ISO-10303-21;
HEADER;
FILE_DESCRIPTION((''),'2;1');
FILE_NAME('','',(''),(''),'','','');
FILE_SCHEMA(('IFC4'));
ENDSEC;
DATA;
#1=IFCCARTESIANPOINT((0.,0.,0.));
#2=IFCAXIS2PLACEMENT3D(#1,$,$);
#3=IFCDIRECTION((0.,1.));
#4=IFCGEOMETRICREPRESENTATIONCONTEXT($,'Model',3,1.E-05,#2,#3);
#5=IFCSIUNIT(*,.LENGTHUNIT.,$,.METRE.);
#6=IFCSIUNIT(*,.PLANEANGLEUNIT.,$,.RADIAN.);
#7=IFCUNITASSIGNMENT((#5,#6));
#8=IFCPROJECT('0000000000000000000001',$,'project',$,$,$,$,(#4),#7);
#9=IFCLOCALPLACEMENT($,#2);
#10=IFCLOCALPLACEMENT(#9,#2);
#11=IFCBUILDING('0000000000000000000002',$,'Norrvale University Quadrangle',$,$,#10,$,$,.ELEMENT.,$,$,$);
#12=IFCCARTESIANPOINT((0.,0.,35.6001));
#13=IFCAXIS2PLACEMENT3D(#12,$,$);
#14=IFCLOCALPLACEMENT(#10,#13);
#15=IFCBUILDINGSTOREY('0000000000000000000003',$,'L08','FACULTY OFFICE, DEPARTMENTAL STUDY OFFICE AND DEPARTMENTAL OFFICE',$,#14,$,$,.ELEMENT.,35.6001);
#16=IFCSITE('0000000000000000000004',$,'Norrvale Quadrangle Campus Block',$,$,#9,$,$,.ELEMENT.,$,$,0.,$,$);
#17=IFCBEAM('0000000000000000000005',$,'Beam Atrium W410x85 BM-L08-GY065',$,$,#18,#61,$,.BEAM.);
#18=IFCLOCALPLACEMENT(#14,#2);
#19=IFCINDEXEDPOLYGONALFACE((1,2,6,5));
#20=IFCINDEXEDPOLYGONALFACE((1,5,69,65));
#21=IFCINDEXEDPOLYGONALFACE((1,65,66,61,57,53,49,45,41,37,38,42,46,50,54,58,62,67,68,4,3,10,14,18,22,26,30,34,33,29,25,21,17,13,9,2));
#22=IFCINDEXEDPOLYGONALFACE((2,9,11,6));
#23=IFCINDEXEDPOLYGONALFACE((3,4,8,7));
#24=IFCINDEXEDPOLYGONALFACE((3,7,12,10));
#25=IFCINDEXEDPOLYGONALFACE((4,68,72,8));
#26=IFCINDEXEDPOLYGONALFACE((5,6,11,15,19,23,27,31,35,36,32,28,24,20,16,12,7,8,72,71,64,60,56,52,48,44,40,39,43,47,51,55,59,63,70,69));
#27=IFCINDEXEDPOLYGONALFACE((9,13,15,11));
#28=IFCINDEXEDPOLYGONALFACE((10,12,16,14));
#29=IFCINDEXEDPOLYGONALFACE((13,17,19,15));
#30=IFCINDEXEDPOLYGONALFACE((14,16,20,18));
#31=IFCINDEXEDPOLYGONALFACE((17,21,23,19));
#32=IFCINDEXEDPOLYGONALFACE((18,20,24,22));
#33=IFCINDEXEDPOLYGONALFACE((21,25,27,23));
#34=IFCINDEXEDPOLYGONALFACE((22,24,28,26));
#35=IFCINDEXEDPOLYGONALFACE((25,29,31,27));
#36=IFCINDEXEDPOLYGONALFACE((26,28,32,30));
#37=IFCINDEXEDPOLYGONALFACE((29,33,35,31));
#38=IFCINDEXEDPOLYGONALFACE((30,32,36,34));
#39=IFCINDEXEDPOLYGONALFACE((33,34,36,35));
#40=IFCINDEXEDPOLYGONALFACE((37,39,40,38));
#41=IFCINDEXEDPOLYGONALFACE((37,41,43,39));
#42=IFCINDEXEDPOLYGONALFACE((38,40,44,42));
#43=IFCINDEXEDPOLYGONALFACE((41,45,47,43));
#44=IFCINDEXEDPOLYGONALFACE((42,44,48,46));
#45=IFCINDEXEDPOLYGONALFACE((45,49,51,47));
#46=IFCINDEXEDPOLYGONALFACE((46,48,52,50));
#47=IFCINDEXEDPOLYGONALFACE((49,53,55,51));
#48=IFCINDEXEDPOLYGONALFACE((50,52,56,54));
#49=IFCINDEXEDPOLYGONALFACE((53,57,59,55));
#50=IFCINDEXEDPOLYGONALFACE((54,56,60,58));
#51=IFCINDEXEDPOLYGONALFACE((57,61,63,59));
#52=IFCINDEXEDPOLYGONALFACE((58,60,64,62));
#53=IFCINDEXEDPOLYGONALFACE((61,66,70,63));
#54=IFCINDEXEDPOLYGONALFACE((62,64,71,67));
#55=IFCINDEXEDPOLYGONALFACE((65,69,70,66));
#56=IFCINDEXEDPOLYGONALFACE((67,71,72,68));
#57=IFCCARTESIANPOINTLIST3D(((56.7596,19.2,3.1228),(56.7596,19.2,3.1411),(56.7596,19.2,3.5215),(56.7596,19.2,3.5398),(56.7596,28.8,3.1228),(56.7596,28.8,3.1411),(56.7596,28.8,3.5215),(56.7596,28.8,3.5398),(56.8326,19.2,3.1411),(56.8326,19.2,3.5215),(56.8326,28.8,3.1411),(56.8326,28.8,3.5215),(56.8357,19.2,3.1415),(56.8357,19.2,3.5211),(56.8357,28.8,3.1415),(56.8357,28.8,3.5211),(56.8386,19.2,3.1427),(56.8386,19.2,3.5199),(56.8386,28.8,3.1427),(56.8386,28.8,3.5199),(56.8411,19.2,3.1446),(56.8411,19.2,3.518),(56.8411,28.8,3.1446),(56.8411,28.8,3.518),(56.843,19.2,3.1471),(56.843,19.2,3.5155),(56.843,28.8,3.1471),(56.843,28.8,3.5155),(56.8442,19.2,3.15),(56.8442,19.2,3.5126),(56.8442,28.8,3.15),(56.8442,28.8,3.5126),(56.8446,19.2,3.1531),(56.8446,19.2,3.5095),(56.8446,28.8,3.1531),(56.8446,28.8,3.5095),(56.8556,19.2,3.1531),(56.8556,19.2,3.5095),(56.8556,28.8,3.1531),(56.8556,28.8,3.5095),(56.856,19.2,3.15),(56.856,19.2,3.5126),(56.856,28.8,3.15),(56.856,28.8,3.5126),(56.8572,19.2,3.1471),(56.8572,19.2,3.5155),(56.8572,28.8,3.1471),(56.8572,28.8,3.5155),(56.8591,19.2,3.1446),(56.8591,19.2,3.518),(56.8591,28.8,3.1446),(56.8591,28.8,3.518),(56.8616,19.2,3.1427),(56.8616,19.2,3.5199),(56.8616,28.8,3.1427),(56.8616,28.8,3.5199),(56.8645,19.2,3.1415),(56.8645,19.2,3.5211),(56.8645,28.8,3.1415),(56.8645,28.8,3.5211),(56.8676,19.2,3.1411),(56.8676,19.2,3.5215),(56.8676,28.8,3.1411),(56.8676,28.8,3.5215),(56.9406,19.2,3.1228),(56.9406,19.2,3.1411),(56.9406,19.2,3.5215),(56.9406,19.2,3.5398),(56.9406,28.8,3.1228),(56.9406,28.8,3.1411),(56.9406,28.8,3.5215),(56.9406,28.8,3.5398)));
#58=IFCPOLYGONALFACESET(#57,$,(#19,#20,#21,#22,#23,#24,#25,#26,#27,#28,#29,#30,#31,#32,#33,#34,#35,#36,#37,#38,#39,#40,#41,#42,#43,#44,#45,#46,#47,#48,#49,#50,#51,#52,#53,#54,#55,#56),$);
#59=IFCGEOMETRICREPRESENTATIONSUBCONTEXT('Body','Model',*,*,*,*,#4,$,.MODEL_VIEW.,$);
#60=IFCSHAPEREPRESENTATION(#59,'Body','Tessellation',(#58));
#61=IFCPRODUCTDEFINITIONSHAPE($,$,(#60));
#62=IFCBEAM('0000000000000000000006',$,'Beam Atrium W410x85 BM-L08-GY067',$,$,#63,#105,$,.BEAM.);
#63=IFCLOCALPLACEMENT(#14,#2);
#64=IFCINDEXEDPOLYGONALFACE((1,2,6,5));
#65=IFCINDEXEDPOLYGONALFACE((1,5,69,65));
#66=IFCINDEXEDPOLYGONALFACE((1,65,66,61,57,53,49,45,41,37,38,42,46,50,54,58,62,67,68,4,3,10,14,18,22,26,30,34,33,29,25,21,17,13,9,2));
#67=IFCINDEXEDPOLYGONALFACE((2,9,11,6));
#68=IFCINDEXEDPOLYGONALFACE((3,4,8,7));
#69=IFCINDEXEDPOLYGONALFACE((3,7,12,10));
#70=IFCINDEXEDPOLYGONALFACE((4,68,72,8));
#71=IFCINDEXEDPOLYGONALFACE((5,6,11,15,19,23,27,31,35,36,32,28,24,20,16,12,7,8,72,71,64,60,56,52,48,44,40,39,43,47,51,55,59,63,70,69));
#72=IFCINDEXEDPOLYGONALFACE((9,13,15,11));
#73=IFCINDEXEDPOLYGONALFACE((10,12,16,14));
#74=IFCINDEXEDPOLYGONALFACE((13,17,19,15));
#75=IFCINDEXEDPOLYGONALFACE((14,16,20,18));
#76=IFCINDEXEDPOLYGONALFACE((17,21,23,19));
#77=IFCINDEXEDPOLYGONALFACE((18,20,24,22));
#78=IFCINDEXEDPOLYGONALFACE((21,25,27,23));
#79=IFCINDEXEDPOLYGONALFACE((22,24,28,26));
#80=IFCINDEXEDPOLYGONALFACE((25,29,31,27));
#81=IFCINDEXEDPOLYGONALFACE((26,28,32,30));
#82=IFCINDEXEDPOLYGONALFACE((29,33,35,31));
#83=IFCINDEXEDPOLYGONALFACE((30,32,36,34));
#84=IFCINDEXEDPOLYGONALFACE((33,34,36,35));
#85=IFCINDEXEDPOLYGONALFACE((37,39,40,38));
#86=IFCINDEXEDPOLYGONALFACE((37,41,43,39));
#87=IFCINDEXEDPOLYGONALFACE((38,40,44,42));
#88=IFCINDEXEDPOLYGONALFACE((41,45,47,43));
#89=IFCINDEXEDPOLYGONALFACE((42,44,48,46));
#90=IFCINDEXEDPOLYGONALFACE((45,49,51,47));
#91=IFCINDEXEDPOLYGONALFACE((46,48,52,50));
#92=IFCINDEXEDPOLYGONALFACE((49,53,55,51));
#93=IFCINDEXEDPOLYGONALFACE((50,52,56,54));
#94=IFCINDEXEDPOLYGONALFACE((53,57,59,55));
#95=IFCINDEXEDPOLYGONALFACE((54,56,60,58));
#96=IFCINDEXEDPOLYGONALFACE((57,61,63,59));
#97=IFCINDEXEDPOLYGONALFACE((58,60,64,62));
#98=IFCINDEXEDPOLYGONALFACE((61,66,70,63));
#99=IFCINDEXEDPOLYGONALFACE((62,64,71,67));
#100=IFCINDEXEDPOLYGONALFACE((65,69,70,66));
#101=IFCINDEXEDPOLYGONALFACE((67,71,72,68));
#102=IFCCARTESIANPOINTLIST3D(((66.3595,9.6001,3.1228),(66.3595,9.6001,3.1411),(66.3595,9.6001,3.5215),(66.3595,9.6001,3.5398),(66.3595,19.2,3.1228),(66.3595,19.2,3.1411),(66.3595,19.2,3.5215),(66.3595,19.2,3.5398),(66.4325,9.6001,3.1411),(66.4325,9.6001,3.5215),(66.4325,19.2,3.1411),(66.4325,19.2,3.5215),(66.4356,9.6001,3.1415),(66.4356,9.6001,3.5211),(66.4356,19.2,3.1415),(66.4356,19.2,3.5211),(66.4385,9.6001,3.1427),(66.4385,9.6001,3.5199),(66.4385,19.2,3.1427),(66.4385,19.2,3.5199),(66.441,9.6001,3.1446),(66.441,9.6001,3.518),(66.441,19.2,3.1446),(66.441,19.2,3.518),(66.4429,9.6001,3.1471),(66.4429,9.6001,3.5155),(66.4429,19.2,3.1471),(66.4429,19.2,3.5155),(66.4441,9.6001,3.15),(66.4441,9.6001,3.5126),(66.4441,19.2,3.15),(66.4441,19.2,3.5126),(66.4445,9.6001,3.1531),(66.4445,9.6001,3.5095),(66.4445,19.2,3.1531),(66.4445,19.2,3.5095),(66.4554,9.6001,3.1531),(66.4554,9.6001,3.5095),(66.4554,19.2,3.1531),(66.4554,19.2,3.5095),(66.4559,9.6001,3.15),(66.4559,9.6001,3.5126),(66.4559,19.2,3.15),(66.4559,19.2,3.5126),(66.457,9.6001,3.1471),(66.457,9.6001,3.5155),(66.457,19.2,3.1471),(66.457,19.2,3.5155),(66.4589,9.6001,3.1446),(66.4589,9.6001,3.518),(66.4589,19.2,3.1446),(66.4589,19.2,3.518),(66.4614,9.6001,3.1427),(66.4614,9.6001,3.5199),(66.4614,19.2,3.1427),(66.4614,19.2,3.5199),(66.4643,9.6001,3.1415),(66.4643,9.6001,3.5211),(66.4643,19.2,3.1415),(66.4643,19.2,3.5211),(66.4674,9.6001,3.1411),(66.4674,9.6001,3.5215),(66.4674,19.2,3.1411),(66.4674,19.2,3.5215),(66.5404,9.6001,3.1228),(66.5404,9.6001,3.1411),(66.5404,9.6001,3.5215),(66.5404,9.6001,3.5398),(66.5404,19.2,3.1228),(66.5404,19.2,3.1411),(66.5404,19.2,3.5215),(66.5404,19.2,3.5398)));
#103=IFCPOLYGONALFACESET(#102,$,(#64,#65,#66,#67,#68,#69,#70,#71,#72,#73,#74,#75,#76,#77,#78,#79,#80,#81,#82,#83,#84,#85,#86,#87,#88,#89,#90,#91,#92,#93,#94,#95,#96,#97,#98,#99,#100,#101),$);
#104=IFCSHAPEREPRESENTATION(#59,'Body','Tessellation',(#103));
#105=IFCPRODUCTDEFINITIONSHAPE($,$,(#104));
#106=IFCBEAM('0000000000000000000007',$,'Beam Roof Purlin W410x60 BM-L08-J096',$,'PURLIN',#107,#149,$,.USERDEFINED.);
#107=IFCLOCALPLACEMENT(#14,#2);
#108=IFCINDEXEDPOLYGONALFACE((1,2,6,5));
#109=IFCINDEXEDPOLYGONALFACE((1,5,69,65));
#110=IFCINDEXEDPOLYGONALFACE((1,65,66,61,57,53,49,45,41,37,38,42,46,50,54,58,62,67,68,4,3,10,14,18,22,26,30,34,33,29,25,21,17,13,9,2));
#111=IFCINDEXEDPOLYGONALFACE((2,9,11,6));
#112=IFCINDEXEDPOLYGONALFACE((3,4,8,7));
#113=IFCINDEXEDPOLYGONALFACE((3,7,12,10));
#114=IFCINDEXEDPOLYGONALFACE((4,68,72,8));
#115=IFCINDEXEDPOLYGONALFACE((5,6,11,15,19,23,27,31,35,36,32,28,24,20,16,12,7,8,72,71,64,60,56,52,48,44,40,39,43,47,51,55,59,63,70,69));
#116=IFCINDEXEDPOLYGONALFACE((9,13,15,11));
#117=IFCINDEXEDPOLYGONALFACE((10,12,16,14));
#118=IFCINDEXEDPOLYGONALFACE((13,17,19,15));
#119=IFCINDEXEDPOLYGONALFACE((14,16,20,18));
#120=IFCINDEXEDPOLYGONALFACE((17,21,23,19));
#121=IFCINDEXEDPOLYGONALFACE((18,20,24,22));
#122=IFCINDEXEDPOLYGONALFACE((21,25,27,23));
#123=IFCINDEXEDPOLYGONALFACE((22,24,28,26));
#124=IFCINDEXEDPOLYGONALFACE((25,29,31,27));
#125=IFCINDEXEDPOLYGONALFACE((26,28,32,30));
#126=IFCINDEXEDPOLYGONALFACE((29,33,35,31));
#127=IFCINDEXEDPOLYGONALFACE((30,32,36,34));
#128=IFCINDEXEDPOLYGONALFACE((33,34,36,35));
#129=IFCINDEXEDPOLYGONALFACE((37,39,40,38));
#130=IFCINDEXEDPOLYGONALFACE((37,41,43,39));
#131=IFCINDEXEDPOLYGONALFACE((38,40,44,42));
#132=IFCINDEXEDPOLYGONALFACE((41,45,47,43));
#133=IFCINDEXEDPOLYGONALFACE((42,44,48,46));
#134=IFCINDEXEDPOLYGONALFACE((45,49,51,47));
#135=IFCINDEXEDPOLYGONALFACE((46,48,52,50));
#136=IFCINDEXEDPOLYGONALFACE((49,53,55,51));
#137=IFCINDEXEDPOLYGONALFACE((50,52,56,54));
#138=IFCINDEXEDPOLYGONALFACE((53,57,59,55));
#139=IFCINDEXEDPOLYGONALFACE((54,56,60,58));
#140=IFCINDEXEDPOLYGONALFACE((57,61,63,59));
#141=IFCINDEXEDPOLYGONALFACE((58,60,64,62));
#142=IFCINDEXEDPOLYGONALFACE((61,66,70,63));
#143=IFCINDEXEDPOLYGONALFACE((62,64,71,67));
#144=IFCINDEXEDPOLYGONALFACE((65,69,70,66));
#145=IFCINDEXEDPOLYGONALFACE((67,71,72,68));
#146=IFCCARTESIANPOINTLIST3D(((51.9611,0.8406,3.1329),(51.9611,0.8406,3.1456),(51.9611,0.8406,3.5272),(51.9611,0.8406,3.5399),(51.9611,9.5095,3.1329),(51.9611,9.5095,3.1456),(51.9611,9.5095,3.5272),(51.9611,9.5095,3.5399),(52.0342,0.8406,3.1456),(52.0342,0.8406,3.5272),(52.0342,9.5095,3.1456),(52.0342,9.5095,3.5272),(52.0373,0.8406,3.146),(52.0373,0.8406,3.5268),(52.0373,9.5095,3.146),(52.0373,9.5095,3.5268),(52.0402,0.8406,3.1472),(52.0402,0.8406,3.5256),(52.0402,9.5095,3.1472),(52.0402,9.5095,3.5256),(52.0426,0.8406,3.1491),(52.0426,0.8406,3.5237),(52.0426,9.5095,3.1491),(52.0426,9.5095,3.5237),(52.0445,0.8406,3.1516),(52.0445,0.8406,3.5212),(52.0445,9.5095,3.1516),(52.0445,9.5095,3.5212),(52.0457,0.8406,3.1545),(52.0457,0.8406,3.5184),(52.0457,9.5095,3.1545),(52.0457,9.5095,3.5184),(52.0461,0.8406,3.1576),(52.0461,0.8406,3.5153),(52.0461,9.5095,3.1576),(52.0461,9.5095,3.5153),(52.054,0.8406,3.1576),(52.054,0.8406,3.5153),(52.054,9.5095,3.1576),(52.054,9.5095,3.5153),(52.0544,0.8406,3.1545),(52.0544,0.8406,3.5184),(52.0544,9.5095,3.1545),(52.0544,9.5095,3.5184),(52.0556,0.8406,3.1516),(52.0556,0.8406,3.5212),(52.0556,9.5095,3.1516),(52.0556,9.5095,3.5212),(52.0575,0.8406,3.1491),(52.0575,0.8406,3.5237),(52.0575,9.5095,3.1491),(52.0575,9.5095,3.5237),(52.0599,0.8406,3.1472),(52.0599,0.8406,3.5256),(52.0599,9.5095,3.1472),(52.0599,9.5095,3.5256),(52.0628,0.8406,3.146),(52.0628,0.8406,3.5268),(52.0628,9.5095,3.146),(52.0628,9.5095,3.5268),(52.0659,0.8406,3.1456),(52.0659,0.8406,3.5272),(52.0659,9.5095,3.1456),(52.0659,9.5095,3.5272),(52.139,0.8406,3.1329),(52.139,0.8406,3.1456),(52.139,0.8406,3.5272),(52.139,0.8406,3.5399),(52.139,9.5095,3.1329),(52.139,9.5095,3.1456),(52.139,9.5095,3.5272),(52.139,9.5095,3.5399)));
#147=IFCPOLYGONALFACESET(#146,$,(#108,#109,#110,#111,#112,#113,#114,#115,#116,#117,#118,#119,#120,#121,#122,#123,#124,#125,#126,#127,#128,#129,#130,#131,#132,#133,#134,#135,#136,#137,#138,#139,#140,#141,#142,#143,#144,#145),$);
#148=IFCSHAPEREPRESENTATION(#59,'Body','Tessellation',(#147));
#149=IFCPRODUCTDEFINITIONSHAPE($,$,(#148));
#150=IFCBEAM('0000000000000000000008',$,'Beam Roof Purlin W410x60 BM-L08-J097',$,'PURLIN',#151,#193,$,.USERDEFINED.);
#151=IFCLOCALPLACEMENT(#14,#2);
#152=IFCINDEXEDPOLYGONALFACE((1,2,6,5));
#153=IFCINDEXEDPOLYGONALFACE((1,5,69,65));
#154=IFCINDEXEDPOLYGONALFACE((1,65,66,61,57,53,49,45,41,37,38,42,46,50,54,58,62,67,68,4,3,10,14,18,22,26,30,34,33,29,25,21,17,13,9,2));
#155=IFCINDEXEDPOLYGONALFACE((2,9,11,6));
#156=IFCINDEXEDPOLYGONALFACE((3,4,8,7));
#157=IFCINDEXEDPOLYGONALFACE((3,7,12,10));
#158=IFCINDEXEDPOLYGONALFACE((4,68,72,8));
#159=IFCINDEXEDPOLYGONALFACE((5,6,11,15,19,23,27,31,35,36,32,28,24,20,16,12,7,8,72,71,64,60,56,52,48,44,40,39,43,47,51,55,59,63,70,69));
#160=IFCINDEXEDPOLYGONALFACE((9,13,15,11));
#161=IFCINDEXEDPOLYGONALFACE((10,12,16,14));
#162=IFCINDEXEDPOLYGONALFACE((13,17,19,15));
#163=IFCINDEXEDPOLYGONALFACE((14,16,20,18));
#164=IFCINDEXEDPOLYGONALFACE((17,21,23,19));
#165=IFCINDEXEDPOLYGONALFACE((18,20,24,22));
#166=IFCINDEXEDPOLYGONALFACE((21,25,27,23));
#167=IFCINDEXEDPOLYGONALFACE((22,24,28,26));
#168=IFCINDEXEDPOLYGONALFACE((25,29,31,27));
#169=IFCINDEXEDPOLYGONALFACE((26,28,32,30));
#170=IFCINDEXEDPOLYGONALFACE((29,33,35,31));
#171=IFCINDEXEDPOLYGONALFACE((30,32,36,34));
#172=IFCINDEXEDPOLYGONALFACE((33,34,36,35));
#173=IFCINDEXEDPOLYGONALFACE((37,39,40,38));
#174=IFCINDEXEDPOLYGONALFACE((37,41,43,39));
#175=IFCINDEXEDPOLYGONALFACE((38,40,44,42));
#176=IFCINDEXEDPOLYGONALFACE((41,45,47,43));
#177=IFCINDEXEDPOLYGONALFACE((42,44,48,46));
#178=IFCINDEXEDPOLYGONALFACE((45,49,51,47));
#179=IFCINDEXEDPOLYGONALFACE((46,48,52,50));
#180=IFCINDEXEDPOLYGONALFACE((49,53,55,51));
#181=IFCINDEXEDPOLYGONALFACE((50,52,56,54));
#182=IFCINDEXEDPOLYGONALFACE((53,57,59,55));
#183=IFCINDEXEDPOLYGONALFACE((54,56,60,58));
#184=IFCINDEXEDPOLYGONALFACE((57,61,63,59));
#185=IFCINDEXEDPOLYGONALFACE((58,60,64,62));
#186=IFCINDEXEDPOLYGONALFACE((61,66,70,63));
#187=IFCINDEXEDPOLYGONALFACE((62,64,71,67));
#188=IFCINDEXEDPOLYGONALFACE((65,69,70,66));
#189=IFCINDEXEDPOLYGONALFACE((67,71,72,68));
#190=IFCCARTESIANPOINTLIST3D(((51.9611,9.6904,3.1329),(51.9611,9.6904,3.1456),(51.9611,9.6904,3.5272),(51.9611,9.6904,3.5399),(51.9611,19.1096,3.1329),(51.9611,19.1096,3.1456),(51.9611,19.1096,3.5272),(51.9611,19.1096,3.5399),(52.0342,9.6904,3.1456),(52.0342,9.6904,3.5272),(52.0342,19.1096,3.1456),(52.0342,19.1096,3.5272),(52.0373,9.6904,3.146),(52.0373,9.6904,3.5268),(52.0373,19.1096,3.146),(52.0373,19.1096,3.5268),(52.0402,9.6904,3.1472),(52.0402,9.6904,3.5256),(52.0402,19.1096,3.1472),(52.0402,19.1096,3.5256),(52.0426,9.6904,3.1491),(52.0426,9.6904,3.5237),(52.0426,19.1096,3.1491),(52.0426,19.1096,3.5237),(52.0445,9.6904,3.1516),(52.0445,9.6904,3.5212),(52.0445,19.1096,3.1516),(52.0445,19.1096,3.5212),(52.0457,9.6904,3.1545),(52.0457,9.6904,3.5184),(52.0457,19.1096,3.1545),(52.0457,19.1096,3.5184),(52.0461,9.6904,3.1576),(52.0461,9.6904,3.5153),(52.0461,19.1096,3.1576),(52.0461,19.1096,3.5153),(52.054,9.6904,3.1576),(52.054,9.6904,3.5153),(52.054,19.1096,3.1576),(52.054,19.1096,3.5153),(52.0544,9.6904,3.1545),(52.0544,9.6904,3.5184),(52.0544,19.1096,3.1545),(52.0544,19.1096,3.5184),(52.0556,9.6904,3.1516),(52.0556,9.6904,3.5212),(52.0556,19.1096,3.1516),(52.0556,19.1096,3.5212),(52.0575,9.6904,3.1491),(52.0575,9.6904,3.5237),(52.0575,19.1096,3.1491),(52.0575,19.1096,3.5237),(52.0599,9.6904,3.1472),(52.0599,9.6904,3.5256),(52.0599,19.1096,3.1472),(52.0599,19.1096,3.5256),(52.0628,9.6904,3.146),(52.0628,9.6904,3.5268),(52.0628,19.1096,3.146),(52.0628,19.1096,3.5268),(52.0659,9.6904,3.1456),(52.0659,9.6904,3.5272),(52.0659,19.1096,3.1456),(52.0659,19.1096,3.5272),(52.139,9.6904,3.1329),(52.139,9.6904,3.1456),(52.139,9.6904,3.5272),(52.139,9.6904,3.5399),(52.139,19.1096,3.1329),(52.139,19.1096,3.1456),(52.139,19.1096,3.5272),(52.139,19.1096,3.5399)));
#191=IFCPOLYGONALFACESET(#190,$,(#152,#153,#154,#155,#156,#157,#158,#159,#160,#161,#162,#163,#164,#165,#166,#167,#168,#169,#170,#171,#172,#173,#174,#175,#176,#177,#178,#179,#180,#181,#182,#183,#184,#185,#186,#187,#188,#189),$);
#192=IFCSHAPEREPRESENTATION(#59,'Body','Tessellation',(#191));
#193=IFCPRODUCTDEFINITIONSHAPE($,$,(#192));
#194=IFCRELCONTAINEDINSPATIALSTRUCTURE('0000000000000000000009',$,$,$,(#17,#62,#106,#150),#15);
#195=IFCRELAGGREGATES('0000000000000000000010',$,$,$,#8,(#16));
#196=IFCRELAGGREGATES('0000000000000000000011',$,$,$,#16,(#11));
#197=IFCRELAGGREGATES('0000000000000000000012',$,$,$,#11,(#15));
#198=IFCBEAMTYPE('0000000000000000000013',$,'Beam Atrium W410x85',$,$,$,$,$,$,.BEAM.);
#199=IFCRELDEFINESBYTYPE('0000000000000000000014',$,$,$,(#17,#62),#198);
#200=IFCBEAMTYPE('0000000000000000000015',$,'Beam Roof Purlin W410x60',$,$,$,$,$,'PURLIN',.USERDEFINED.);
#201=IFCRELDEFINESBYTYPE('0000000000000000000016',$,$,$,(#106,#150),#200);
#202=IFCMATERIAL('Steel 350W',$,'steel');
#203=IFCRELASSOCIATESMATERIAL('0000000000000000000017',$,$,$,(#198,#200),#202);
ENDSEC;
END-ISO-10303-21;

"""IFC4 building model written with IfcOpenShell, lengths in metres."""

from ifc_helpers import new_model, si_unit, direction, frame, origin, origin_2d, place, context, subcontext, project, spatial, i_section, extrude, material, material_profile, profile_set, type_object, element, save


model = new_model("IFC4")

# Units and contexts
model_context = context("Model", 3, precision=1e-05, world=origin(), true_north=direction((0.0, 1.0)))
body_context = subcontext(model_context, "Body", "Model", "MODEL_VIEW")
ifc_project = project(units=[si_unit("LENGTHUNIT", "METRE"), si_unit("PLANEANGLEUNIT", "RADIAN")], contexts=[model_context])

# Site, building, storey
site_placement = place(None, origin())
site = spatial("IfcSite", under=ifc_project, at=site_placement, Name="Norrvale Quadrangle Campus Block", CompositionType="ELEMENT", RefElevation=0.0)
building_placement = place(site_placement, origin())
building = spatial("IfcBuilding", under=site, at=building_placement, Name="Norrvale University Quadrangle", CompositionType="ELEMENT")
storey_placement = place(building_placement, frame((0.0, 0.0, 35.6001)))
storey = spatial("IfcBuildingStorey", under=building, at=storey_placement, Name="L08", Description="FACULTY OFFICE, DEPARTMENTAL STUDY OFFICE AND DEPARTMENTAL OFFICE", CompositionType="ELEMENT", Elevation=35.6001)

# Beams
ifc_material_1 = material(Name="Steel 350W", Category="steel")
ifc_material_profile_1 = material_profile(ifc_material_1, i_section(OverallWidth=0.1809, OverallDepth=0.417, WebThickness=0.011, FlangeThickness=0.0183, FilletRadius=0.012, at=origin_2d()), Name="Steel 350W")
ifc_profile_set_1 = profile_set([ifc_material_profile_1], Name="Steel 350W")
beam_type_1 = type_object("IfcBeamType", Name="Beam Atrium W410x85", PredefinedType="BEAM", material=ifc_profile_set_1)
beam_1_placement = place(storey_placement, frame((56.8501, 19.2, 3.3313), z_axis=(0.0, 1.0, 0.0), x_axis=(-1.0, 0.0, 0.0)))
element("IfcBeam", 1, at=beam_1_placement, inside=storey, type_object=beam_type_1, Name="Beam Atrium W410x85 BM-L08-GY065", PredefinedType="BEAM", context=body_context, shape_type="SweptSolid", body=[
    extrude(i_section(OverallWidth=0.1809, OverallDepth=0.417, WebThickness=0.011, FlangeThickness=0.0183, FilletRadius=0.012, at=origin_2d()), origin(), (0.0, 0.0, 1.0), 9.6001),
])
beam_2_placement = place(storey_placement, frame((66.45, 9.6001, 3.3313), z_axis=(0.0, 1.0, 0.0), x_axis=(-1.0, 0.0, 0.0)))
element("IfcBeam", 2, at=beam_2_placement, inside=storey, type_object=beam_type_1, Name="Beam Atrium W410x85 BM-L08-GY067", PredefinedType="BEAM", context=body_context, shape_type="SweptSolid", body=[
    extrude(i_section(OverallWidth=0.1809, OverallDepth=0.417, WebThickness=0.011, FlangeThickness=0.0183, FilletRadius=0.012, at=origin_2d()), origin(), (0.0, 0.0, 1.0), 9.5999),
])
ifc_material_profile_2 = material_profile(ifc_material_1, i_section(OverallWidth=0.178, OverallDepth=0.407, WebThickness=0.0078, FlangeThickness=0.0127, FilletRadius=0.012, at=origin_2d()), Name="Steel 350W")
ifc_profile_set_2 = profile_set([ifc_material_profile_2], Name="Steel 350W")
beam_type_2 = type_object("IfcBeamType", Name="Beam Roof Purlin W410x60", ElementType="PURLIN", PredefinedType="USERDEFINED", material=ifc_profile_set_2)
beam_3_placement = place(storey_placement, frame((52.05, 0.8406, 3.3364), z_axis=(0.0, 1.0, 0.0), x_axis=(-1.0, 0.0, 0.0)))
element("IfcBeam", 3, at=beam_3_placement, inside=storey, type_object=beam_type_2, Name="Beam Roof Purlin W410x60 BM-L08-J096", ObjectType="PURLIN", PredefinedType="USERDEFINED", context=body_context, shape_type="SweptSolid", body=[
    extrude(i_section(OverallWidth=0.178, OverallDepth=0.407, WebThickness=0.0078, FlangeThickness=0.0127, FilletRadius=0.012, at=origin_2d()), origin(), (0.0, 0.0, 1.0), 8.6689),
])
for number, where, z_axis, x_axis, name in (
    (4, (52.05, 9.6904, 3.3364), (0.0, 1.0, 0.0), (-1.0, 0.0, 0.0), "Beam Roof Purlin W410x60 BM-L08-J097"),
):
    element("IfcBeam", number, at=place(storey_placement, frame(where, z_axis=z_axis, x_axis=x_axis)), inside=storey, type_object=beam_type_2, Name=name, ObjectType="PURLIN", PredefinedType="USERDEFINED", context=body_context, shape_type="SweptSolid", body=[
        extrude(i_section(OverallWidth=0.178, OverallDepth=0.407, WebThickness=0.0078, FlangeThickness=0.0127, FilletRadius=0.012, at=origin_2d()), origin(), (0.0, 0.0, 1.0), 9.4192),
    ])

save(model, "model.ifc")
